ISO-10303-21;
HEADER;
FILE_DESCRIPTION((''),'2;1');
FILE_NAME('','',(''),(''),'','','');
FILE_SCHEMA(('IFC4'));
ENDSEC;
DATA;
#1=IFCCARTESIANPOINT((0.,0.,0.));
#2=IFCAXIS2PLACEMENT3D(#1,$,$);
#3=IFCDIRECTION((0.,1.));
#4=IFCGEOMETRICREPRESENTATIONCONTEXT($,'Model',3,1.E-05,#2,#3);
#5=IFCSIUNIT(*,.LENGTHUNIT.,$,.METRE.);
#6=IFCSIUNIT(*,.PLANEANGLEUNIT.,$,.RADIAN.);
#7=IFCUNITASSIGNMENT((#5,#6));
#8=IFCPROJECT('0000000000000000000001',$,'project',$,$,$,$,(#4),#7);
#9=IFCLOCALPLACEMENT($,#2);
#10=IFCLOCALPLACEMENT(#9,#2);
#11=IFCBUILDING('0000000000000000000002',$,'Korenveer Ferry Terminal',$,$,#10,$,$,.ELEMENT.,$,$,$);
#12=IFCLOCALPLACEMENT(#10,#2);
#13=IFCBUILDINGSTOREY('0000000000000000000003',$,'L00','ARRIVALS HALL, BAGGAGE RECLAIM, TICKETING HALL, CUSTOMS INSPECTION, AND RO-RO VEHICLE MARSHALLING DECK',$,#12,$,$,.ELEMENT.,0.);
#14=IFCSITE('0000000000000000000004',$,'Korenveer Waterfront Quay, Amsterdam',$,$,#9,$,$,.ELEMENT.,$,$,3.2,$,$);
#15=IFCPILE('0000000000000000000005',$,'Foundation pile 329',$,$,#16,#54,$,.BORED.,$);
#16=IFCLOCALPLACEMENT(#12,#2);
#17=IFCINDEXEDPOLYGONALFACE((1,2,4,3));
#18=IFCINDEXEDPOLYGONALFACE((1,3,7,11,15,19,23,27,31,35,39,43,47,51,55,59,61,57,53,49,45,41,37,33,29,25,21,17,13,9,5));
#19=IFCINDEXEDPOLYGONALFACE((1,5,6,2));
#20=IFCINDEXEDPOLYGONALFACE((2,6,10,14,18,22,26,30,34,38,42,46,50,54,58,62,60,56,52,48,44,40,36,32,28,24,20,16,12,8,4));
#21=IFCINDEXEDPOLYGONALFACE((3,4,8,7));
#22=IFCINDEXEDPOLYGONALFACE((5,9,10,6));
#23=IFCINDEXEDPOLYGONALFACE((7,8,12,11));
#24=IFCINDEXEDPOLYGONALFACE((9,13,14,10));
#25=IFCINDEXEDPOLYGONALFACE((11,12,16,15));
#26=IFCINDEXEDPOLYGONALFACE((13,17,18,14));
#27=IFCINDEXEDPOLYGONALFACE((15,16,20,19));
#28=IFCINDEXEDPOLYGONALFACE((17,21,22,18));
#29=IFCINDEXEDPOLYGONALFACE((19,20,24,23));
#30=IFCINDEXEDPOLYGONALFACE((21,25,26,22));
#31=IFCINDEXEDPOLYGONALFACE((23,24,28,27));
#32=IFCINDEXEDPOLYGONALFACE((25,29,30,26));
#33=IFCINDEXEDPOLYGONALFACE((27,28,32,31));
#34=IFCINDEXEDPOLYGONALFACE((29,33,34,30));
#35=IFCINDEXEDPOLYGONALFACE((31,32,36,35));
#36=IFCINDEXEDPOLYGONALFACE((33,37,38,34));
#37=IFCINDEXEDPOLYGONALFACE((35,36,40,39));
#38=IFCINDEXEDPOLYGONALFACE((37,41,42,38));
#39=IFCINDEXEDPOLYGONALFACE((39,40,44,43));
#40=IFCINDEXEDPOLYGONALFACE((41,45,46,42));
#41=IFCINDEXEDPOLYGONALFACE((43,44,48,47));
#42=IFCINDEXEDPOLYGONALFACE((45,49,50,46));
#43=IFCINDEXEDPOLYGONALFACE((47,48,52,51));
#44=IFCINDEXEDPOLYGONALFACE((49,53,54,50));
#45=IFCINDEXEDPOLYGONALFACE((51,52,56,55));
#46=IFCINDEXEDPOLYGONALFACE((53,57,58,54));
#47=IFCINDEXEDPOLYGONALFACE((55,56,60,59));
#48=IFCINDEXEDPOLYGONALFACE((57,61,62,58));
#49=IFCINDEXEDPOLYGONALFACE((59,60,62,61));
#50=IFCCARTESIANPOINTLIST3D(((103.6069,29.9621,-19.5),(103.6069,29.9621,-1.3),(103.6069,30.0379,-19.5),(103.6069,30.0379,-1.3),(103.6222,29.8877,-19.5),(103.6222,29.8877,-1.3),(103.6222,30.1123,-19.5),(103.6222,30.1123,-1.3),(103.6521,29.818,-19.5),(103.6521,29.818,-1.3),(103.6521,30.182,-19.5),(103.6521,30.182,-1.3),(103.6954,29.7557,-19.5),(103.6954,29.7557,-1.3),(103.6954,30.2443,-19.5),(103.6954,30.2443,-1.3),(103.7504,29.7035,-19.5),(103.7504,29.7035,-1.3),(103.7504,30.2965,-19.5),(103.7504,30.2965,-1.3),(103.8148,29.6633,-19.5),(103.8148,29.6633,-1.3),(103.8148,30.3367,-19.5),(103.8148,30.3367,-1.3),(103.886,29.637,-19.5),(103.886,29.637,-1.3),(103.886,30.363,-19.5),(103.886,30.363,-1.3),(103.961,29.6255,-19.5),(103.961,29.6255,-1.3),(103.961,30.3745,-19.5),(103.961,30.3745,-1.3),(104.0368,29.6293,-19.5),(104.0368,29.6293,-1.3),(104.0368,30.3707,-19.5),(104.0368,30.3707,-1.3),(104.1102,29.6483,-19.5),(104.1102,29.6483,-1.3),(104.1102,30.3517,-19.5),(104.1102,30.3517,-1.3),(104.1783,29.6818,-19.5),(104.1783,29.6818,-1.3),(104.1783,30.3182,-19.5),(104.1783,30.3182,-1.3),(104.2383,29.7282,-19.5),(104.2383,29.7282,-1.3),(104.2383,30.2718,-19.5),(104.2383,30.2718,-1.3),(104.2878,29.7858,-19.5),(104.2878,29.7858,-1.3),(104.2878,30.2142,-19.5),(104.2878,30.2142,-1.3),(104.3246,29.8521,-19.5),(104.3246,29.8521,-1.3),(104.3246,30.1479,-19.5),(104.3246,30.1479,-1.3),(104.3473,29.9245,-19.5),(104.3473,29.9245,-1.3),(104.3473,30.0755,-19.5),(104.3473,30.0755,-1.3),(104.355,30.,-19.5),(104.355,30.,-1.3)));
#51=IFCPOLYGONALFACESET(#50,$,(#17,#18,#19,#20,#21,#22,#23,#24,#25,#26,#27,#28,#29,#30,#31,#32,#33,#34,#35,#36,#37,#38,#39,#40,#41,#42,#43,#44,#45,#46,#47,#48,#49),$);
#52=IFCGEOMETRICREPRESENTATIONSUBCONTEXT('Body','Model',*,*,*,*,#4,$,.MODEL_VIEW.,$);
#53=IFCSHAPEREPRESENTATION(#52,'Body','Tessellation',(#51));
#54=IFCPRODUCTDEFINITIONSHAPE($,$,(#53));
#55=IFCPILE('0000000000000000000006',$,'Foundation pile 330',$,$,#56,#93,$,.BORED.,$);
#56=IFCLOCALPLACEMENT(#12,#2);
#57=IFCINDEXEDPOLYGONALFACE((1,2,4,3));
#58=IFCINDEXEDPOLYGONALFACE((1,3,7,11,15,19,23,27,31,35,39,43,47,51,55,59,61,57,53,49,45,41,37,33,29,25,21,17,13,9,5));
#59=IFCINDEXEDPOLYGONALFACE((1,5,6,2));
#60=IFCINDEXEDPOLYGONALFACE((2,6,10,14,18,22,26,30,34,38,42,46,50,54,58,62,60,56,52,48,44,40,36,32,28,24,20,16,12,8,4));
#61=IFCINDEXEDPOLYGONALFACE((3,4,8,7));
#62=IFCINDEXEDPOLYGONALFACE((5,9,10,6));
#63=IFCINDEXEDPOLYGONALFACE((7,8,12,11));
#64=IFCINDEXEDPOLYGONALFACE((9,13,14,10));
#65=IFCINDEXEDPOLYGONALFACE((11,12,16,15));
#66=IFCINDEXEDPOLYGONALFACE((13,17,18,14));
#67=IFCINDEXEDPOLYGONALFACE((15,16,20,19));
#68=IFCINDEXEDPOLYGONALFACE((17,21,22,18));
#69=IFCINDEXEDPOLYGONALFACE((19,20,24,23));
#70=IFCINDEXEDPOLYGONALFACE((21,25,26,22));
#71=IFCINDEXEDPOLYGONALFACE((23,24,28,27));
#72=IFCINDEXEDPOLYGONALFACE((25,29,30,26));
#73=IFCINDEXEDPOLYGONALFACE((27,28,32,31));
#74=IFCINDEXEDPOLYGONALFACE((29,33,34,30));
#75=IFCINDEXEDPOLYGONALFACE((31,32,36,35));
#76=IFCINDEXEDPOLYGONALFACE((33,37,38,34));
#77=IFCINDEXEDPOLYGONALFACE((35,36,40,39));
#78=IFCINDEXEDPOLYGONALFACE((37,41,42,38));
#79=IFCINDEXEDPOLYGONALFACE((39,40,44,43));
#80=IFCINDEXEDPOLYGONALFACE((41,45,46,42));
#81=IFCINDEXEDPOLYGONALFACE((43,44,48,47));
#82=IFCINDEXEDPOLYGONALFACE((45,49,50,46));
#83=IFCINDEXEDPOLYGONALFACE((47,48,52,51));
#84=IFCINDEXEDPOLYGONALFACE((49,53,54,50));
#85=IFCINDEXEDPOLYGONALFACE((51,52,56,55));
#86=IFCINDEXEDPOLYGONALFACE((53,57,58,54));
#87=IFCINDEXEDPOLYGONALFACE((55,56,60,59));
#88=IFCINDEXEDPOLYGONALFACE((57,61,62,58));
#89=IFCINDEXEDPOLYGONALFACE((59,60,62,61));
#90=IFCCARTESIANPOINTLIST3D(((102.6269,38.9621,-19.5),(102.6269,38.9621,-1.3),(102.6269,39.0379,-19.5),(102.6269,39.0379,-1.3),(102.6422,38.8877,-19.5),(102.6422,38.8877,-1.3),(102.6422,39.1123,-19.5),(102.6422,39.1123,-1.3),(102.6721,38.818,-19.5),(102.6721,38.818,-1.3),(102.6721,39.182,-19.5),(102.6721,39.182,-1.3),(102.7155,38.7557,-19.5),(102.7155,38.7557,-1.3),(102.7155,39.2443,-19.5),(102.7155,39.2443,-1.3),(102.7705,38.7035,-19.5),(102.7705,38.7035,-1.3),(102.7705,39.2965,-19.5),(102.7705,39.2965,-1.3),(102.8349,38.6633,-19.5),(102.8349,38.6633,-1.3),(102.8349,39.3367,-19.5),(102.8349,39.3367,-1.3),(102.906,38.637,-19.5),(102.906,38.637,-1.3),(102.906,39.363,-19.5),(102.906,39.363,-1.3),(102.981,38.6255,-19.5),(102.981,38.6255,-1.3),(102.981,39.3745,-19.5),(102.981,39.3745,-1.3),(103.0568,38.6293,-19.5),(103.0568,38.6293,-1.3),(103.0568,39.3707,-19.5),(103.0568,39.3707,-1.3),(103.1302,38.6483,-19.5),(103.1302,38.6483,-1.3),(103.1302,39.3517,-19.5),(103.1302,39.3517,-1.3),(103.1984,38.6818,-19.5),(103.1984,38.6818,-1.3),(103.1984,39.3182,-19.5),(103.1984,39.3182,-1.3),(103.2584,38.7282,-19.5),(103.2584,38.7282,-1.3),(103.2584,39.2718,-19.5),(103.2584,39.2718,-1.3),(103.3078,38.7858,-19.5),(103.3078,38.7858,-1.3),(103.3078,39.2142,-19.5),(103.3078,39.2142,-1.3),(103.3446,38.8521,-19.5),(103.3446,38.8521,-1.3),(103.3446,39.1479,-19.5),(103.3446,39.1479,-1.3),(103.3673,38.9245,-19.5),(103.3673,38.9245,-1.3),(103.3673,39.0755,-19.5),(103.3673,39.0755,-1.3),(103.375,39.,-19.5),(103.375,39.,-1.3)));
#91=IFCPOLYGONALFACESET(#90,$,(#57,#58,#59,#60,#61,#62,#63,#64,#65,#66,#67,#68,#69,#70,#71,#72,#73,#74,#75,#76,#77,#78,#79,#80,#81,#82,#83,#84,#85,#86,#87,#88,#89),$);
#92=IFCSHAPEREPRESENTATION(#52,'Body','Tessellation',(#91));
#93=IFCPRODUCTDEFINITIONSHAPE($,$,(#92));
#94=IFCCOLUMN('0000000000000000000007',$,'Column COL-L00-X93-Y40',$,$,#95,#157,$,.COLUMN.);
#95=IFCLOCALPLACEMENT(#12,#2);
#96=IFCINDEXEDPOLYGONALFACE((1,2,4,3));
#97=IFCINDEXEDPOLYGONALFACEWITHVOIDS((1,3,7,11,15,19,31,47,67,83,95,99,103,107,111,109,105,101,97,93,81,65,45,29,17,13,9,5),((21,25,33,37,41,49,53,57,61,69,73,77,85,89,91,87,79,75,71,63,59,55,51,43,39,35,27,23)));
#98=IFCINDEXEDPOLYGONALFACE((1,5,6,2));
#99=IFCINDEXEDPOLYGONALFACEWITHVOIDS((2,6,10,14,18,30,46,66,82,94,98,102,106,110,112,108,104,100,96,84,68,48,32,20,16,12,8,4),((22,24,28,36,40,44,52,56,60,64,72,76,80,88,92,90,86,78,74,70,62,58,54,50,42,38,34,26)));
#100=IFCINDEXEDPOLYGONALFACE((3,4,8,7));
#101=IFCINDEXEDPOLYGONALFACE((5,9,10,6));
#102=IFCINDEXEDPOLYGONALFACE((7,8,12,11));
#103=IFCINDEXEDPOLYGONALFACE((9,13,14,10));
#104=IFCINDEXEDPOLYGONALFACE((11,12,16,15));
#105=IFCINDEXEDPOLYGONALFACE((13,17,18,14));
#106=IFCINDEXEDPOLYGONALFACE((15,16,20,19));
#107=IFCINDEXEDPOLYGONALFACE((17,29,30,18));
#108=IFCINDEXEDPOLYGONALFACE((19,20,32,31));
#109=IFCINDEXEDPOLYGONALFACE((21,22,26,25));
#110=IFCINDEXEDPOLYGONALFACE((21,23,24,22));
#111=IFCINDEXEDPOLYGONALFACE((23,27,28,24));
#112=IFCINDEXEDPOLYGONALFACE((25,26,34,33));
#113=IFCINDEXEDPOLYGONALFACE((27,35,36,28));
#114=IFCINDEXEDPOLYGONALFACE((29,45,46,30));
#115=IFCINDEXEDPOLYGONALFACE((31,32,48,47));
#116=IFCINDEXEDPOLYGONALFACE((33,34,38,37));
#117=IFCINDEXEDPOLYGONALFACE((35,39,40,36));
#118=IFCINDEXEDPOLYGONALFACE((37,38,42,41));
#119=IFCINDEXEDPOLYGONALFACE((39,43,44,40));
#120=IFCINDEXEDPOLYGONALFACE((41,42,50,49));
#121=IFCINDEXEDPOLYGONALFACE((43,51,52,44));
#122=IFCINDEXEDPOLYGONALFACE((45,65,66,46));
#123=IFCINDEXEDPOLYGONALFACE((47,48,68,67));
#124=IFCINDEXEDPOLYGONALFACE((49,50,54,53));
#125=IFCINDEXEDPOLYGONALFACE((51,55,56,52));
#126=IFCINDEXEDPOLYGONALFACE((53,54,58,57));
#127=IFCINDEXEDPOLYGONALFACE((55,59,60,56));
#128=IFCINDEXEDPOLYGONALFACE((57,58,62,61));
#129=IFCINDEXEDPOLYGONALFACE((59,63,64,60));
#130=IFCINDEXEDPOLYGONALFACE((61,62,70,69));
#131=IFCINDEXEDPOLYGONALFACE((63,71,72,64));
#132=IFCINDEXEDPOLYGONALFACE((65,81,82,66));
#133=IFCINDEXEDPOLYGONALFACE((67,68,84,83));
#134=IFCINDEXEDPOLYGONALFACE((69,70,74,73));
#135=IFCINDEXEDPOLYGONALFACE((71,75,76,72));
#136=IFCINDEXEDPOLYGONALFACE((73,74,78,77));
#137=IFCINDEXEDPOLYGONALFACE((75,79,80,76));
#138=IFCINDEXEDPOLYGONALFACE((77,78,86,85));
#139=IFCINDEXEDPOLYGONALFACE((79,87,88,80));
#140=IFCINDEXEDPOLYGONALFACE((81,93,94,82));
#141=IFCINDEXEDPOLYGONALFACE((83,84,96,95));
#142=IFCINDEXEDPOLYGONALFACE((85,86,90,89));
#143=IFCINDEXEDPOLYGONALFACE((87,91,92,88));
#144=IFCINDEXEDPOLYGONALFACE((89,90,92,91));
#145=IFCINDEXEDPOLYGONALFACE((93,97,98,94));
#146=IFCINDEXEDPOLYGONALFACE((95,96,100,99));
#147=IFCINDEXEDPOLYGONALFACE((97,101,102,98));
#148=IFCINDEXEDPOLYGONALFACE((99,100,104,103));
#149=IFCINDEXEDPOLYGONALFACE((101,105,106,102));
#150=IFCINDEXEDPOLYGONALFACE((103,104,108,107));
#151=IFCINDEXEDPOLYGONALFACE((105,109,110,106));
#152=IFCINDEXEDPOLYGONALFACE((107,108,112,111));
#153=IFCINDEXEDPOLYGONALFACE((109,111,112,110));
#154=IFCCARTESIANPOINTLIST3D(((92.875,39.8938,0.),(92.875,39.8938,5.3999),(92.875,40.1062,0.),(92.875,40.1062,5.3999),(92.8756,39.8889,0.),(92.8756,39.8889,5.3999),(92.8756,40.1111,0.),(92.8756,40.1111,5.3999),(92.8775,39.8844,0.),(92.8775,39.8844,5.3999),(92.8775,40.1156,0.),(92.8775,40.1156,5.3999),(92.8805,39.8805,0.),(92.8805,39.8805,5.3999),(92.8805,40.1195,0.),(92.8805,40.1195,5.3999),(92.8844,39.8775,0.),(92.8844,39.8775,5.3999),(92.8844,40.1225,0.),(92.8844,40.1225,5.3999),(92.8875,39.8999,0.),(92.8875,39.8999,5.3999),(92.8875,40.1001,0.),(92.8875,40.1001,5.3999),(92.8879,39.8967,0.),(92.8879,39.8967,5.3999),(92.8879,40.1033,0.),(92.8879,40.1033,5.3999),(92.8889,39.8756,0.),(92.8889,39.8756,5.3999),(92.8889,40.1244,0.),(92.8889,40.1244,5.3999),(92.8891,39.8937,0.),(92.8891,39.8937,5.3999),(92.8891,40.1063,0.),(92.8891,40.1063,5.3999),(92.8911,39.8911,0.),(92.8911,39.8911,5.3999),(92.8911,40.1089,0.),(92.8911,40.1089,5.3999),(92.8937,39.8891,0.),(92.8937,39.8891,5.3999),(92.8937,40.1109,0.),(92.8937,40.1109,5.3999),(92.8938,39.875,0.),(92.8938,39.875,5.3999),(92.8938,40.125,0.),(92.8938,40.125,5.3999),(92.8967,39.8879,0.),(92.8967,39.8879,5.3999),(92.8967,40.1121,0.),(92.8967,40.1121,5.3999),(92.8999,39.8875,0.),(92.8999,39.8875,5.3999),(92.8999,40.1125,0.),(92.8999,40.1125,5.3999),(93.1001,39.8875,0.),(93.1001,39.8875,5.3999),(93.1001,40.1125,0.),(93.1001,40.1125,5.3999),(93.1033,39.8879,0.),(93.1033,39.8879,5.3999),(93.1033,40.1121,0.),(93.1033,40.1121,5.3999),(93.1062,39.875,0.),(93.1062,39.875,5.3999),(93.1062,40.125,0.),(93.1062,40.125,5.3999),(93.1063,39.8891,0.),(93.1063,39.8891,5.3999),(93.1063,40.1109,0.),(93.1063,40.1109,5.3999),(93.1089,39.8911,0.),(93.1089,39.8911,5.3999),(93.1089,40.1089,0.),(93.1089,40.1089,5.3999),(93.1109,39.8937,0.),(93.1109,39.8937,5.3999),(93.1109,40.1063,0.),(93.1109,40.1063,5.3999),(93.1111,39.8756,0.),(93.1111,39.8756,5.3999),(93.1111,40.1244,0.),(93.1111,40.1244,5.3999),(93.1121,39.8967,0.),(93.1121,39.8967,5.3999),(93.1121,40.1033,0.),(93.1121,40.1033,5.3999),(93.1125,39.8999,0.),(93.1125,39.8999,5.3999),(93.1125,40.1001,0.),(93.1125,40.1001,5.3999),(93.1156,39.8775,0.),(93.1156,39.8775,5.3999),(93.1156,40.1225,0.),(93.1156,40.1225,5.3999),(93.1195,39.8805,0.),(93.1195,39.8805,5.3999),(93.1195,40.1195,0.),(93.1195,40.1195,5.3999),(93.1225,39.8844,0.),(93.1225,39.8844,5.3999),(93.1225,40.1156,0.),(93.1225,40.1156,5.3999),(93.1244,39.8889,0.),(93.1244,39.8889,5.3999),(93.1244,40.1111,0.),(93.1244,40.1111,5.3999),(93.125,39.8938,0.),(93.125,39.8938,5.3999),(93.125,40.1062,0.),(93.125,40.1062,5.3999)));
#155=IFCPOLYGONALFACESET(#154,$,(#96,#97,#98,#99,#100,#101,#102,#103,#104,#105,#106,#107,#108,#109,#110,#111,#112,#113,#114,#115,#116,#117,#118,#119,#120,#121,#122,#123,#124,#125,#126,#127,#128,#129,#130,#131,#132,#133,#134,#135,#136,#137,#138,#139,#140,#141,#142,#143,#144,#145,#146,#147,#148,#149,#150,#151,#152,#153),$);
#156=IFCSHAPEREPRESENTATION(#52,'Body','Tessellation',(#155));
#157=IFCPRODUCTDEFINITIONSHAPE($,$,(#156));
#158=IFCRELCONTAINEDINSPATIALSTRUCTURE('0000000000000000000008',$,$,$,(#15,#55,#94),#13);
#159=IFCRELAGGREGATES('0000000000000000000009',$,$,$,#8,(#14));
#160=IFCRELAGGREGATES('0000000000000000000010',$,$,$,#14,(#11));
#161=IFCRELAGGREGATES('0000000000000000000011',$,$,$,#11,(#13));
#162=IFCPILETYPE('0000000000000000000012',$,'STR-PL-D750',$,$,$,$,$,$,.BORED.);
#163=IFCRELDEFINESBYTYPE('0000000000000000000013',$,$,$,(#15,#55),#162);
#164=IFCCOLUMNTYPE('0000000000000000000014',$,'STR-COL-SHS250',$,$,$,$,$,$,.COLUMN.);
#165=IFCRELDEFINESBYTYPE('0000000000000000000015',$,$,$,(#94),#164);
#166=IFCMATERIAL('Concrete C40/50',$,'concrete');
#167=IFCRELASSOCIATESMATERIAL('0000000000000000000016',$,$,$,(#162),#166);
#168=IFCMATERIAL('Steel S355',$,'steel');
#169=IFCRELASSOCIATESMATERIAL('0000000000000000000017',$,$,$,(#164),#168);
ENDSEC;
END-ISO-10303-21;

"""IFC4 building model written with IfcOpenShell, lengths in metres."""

from ifc_helpers import new_model, si_unit, direction, frame, origin, origin_2d, place, context, subcontext, project, spatial, hollow_rectangle, circle, extrude, material, material_profile, profile_set, type_object, element, save


model = new_model("IFC4")

# Units and contexts
model_context = context("Model", 3, precision=1e-05, world=origin(), true_north=direction((0.0, 1.0)))
body_context = subcontext(model_context, "Body", "Model", "MODEL_VIEW")
ifc_project = project(units=[si_unit("LENGTHUNIT", "METRE"), si_unit("PLANEANGLEUNIT", "RADIAN")], contexts=[model_context])

# Site, building, storey
site_placement = place(None, origin())
site = spatial("IfcSite", under=ifc_project, at=site_placement, Name="Korenveer Waterfront Quay, Amsterdam", CompositionType="ELEMENT", RefElevation=3.2)
building_placement = place(site_placement, origin())
building = spatial("IfcBuilding", under=site, at=building_placement, Name="Korenveer Ferry Terminal", CompositionType="ELEMENT")
storey_placement = place(building_placement, origin())
storey = spatial("IfcBuildingStorey", under=building, at=storey_placement, Name="L00", Description="ARRIVALS HALL, BAGGAGE RECLAIM, TICKETING HALL, CUSTOMS INSPECTION, AND RO-RO VEHICLE MARSHALLING DECK", CompositionType="ELEMENT", Elevation=0.0)

# Shared definitions
ifc_material_1 = material(Name="Concrete C40/50", Category="concrete")

# Piles
ifc_material_profile_1 = material_profile(ifc_material_1, circle(Radius=0.375, at=origin_2d()), Name="PILE D750")
ifc_profile_set_1 = profile_set([ifc_material_profile_1], Name="Concrete C40/50")
pile_type_1 = type_object("IfcPileType", Name="STR-PL-D750", PredefinedType="BORED", material=ifc_profile_set_1)
for number, where, z_axis, x_axis, name in (
    (1, (103.98, 30.0, -1.3), (0.0, 0.0, -1.0), (1.0, 0.0, 0.0), "Foundation pile 329"),
    (2, (103.0, 39.0, -1.3), (0.0, 0.0, -1.0), (1.0, 0.0, 0.0), "Foundation pile 330"),
):
    element("IfcPile", number, at=place(storey_placement, frame(where, z_axis=z_axis, x_axis=x_axis)), inside=storey, type_object=pile_type_1, Name=name, PredefinedType="BORED", context=body_context, shape_type="SweptSolid", body=[
        extrude(circle(Radius=0.375, at=origin_2d()), origin(), (0.0, 0.0, 1.0), 18.2),
    ])

# Column
ifc_material_2 = material(Name="Steel S355", Category="steel")
ifc_material_profile_2 = material_profile(ifc_material_2, hollow_rectangle(XDim=0.25, YDim=0.25, WallThickness=0.0125, InnerFilletRadius=0.0125, OuterFilletRadius=0.0188, at=origin_2d()), Name="SHS 250x250x12.5")
ifc_profile_set_2 = profile_set([ifc_material_profile_2], Name="Steel S355")
column_type = type_object("IfcColumnType", Name="STR-COL-SHS250", PredefinedType="COLUMN", material=ifc_profile_set_2)
for number, where, z_axis, x_axis, name in (
    (3, (93.0, 40.0, 0.0), (0.0, 0.0, 1.0), (1.0, 0.0, 0.0), "Column COL-L00-X93-Y40"),
):
    element("IfcColumn", number, at=place(storey_placement, frame(where, z_axis=z_axis, x_axis=x_axis)), inside=storey, type_object=column_type, Name=name, PredefinedType="COLUMN", context=body_context, shape_type="SweptSolid", body=[
        extrude(hollow_rectangle(XDim=0.25, YDim=0.25, WallThickness=0.0125, InnerFilletRadius=0.0125, OuterFilletRadius=0.0188, at=origin_2d()), origin(), (0.0, 0.0, 1.0), 5.3999),
    ])

save(model, "model.ifc")
